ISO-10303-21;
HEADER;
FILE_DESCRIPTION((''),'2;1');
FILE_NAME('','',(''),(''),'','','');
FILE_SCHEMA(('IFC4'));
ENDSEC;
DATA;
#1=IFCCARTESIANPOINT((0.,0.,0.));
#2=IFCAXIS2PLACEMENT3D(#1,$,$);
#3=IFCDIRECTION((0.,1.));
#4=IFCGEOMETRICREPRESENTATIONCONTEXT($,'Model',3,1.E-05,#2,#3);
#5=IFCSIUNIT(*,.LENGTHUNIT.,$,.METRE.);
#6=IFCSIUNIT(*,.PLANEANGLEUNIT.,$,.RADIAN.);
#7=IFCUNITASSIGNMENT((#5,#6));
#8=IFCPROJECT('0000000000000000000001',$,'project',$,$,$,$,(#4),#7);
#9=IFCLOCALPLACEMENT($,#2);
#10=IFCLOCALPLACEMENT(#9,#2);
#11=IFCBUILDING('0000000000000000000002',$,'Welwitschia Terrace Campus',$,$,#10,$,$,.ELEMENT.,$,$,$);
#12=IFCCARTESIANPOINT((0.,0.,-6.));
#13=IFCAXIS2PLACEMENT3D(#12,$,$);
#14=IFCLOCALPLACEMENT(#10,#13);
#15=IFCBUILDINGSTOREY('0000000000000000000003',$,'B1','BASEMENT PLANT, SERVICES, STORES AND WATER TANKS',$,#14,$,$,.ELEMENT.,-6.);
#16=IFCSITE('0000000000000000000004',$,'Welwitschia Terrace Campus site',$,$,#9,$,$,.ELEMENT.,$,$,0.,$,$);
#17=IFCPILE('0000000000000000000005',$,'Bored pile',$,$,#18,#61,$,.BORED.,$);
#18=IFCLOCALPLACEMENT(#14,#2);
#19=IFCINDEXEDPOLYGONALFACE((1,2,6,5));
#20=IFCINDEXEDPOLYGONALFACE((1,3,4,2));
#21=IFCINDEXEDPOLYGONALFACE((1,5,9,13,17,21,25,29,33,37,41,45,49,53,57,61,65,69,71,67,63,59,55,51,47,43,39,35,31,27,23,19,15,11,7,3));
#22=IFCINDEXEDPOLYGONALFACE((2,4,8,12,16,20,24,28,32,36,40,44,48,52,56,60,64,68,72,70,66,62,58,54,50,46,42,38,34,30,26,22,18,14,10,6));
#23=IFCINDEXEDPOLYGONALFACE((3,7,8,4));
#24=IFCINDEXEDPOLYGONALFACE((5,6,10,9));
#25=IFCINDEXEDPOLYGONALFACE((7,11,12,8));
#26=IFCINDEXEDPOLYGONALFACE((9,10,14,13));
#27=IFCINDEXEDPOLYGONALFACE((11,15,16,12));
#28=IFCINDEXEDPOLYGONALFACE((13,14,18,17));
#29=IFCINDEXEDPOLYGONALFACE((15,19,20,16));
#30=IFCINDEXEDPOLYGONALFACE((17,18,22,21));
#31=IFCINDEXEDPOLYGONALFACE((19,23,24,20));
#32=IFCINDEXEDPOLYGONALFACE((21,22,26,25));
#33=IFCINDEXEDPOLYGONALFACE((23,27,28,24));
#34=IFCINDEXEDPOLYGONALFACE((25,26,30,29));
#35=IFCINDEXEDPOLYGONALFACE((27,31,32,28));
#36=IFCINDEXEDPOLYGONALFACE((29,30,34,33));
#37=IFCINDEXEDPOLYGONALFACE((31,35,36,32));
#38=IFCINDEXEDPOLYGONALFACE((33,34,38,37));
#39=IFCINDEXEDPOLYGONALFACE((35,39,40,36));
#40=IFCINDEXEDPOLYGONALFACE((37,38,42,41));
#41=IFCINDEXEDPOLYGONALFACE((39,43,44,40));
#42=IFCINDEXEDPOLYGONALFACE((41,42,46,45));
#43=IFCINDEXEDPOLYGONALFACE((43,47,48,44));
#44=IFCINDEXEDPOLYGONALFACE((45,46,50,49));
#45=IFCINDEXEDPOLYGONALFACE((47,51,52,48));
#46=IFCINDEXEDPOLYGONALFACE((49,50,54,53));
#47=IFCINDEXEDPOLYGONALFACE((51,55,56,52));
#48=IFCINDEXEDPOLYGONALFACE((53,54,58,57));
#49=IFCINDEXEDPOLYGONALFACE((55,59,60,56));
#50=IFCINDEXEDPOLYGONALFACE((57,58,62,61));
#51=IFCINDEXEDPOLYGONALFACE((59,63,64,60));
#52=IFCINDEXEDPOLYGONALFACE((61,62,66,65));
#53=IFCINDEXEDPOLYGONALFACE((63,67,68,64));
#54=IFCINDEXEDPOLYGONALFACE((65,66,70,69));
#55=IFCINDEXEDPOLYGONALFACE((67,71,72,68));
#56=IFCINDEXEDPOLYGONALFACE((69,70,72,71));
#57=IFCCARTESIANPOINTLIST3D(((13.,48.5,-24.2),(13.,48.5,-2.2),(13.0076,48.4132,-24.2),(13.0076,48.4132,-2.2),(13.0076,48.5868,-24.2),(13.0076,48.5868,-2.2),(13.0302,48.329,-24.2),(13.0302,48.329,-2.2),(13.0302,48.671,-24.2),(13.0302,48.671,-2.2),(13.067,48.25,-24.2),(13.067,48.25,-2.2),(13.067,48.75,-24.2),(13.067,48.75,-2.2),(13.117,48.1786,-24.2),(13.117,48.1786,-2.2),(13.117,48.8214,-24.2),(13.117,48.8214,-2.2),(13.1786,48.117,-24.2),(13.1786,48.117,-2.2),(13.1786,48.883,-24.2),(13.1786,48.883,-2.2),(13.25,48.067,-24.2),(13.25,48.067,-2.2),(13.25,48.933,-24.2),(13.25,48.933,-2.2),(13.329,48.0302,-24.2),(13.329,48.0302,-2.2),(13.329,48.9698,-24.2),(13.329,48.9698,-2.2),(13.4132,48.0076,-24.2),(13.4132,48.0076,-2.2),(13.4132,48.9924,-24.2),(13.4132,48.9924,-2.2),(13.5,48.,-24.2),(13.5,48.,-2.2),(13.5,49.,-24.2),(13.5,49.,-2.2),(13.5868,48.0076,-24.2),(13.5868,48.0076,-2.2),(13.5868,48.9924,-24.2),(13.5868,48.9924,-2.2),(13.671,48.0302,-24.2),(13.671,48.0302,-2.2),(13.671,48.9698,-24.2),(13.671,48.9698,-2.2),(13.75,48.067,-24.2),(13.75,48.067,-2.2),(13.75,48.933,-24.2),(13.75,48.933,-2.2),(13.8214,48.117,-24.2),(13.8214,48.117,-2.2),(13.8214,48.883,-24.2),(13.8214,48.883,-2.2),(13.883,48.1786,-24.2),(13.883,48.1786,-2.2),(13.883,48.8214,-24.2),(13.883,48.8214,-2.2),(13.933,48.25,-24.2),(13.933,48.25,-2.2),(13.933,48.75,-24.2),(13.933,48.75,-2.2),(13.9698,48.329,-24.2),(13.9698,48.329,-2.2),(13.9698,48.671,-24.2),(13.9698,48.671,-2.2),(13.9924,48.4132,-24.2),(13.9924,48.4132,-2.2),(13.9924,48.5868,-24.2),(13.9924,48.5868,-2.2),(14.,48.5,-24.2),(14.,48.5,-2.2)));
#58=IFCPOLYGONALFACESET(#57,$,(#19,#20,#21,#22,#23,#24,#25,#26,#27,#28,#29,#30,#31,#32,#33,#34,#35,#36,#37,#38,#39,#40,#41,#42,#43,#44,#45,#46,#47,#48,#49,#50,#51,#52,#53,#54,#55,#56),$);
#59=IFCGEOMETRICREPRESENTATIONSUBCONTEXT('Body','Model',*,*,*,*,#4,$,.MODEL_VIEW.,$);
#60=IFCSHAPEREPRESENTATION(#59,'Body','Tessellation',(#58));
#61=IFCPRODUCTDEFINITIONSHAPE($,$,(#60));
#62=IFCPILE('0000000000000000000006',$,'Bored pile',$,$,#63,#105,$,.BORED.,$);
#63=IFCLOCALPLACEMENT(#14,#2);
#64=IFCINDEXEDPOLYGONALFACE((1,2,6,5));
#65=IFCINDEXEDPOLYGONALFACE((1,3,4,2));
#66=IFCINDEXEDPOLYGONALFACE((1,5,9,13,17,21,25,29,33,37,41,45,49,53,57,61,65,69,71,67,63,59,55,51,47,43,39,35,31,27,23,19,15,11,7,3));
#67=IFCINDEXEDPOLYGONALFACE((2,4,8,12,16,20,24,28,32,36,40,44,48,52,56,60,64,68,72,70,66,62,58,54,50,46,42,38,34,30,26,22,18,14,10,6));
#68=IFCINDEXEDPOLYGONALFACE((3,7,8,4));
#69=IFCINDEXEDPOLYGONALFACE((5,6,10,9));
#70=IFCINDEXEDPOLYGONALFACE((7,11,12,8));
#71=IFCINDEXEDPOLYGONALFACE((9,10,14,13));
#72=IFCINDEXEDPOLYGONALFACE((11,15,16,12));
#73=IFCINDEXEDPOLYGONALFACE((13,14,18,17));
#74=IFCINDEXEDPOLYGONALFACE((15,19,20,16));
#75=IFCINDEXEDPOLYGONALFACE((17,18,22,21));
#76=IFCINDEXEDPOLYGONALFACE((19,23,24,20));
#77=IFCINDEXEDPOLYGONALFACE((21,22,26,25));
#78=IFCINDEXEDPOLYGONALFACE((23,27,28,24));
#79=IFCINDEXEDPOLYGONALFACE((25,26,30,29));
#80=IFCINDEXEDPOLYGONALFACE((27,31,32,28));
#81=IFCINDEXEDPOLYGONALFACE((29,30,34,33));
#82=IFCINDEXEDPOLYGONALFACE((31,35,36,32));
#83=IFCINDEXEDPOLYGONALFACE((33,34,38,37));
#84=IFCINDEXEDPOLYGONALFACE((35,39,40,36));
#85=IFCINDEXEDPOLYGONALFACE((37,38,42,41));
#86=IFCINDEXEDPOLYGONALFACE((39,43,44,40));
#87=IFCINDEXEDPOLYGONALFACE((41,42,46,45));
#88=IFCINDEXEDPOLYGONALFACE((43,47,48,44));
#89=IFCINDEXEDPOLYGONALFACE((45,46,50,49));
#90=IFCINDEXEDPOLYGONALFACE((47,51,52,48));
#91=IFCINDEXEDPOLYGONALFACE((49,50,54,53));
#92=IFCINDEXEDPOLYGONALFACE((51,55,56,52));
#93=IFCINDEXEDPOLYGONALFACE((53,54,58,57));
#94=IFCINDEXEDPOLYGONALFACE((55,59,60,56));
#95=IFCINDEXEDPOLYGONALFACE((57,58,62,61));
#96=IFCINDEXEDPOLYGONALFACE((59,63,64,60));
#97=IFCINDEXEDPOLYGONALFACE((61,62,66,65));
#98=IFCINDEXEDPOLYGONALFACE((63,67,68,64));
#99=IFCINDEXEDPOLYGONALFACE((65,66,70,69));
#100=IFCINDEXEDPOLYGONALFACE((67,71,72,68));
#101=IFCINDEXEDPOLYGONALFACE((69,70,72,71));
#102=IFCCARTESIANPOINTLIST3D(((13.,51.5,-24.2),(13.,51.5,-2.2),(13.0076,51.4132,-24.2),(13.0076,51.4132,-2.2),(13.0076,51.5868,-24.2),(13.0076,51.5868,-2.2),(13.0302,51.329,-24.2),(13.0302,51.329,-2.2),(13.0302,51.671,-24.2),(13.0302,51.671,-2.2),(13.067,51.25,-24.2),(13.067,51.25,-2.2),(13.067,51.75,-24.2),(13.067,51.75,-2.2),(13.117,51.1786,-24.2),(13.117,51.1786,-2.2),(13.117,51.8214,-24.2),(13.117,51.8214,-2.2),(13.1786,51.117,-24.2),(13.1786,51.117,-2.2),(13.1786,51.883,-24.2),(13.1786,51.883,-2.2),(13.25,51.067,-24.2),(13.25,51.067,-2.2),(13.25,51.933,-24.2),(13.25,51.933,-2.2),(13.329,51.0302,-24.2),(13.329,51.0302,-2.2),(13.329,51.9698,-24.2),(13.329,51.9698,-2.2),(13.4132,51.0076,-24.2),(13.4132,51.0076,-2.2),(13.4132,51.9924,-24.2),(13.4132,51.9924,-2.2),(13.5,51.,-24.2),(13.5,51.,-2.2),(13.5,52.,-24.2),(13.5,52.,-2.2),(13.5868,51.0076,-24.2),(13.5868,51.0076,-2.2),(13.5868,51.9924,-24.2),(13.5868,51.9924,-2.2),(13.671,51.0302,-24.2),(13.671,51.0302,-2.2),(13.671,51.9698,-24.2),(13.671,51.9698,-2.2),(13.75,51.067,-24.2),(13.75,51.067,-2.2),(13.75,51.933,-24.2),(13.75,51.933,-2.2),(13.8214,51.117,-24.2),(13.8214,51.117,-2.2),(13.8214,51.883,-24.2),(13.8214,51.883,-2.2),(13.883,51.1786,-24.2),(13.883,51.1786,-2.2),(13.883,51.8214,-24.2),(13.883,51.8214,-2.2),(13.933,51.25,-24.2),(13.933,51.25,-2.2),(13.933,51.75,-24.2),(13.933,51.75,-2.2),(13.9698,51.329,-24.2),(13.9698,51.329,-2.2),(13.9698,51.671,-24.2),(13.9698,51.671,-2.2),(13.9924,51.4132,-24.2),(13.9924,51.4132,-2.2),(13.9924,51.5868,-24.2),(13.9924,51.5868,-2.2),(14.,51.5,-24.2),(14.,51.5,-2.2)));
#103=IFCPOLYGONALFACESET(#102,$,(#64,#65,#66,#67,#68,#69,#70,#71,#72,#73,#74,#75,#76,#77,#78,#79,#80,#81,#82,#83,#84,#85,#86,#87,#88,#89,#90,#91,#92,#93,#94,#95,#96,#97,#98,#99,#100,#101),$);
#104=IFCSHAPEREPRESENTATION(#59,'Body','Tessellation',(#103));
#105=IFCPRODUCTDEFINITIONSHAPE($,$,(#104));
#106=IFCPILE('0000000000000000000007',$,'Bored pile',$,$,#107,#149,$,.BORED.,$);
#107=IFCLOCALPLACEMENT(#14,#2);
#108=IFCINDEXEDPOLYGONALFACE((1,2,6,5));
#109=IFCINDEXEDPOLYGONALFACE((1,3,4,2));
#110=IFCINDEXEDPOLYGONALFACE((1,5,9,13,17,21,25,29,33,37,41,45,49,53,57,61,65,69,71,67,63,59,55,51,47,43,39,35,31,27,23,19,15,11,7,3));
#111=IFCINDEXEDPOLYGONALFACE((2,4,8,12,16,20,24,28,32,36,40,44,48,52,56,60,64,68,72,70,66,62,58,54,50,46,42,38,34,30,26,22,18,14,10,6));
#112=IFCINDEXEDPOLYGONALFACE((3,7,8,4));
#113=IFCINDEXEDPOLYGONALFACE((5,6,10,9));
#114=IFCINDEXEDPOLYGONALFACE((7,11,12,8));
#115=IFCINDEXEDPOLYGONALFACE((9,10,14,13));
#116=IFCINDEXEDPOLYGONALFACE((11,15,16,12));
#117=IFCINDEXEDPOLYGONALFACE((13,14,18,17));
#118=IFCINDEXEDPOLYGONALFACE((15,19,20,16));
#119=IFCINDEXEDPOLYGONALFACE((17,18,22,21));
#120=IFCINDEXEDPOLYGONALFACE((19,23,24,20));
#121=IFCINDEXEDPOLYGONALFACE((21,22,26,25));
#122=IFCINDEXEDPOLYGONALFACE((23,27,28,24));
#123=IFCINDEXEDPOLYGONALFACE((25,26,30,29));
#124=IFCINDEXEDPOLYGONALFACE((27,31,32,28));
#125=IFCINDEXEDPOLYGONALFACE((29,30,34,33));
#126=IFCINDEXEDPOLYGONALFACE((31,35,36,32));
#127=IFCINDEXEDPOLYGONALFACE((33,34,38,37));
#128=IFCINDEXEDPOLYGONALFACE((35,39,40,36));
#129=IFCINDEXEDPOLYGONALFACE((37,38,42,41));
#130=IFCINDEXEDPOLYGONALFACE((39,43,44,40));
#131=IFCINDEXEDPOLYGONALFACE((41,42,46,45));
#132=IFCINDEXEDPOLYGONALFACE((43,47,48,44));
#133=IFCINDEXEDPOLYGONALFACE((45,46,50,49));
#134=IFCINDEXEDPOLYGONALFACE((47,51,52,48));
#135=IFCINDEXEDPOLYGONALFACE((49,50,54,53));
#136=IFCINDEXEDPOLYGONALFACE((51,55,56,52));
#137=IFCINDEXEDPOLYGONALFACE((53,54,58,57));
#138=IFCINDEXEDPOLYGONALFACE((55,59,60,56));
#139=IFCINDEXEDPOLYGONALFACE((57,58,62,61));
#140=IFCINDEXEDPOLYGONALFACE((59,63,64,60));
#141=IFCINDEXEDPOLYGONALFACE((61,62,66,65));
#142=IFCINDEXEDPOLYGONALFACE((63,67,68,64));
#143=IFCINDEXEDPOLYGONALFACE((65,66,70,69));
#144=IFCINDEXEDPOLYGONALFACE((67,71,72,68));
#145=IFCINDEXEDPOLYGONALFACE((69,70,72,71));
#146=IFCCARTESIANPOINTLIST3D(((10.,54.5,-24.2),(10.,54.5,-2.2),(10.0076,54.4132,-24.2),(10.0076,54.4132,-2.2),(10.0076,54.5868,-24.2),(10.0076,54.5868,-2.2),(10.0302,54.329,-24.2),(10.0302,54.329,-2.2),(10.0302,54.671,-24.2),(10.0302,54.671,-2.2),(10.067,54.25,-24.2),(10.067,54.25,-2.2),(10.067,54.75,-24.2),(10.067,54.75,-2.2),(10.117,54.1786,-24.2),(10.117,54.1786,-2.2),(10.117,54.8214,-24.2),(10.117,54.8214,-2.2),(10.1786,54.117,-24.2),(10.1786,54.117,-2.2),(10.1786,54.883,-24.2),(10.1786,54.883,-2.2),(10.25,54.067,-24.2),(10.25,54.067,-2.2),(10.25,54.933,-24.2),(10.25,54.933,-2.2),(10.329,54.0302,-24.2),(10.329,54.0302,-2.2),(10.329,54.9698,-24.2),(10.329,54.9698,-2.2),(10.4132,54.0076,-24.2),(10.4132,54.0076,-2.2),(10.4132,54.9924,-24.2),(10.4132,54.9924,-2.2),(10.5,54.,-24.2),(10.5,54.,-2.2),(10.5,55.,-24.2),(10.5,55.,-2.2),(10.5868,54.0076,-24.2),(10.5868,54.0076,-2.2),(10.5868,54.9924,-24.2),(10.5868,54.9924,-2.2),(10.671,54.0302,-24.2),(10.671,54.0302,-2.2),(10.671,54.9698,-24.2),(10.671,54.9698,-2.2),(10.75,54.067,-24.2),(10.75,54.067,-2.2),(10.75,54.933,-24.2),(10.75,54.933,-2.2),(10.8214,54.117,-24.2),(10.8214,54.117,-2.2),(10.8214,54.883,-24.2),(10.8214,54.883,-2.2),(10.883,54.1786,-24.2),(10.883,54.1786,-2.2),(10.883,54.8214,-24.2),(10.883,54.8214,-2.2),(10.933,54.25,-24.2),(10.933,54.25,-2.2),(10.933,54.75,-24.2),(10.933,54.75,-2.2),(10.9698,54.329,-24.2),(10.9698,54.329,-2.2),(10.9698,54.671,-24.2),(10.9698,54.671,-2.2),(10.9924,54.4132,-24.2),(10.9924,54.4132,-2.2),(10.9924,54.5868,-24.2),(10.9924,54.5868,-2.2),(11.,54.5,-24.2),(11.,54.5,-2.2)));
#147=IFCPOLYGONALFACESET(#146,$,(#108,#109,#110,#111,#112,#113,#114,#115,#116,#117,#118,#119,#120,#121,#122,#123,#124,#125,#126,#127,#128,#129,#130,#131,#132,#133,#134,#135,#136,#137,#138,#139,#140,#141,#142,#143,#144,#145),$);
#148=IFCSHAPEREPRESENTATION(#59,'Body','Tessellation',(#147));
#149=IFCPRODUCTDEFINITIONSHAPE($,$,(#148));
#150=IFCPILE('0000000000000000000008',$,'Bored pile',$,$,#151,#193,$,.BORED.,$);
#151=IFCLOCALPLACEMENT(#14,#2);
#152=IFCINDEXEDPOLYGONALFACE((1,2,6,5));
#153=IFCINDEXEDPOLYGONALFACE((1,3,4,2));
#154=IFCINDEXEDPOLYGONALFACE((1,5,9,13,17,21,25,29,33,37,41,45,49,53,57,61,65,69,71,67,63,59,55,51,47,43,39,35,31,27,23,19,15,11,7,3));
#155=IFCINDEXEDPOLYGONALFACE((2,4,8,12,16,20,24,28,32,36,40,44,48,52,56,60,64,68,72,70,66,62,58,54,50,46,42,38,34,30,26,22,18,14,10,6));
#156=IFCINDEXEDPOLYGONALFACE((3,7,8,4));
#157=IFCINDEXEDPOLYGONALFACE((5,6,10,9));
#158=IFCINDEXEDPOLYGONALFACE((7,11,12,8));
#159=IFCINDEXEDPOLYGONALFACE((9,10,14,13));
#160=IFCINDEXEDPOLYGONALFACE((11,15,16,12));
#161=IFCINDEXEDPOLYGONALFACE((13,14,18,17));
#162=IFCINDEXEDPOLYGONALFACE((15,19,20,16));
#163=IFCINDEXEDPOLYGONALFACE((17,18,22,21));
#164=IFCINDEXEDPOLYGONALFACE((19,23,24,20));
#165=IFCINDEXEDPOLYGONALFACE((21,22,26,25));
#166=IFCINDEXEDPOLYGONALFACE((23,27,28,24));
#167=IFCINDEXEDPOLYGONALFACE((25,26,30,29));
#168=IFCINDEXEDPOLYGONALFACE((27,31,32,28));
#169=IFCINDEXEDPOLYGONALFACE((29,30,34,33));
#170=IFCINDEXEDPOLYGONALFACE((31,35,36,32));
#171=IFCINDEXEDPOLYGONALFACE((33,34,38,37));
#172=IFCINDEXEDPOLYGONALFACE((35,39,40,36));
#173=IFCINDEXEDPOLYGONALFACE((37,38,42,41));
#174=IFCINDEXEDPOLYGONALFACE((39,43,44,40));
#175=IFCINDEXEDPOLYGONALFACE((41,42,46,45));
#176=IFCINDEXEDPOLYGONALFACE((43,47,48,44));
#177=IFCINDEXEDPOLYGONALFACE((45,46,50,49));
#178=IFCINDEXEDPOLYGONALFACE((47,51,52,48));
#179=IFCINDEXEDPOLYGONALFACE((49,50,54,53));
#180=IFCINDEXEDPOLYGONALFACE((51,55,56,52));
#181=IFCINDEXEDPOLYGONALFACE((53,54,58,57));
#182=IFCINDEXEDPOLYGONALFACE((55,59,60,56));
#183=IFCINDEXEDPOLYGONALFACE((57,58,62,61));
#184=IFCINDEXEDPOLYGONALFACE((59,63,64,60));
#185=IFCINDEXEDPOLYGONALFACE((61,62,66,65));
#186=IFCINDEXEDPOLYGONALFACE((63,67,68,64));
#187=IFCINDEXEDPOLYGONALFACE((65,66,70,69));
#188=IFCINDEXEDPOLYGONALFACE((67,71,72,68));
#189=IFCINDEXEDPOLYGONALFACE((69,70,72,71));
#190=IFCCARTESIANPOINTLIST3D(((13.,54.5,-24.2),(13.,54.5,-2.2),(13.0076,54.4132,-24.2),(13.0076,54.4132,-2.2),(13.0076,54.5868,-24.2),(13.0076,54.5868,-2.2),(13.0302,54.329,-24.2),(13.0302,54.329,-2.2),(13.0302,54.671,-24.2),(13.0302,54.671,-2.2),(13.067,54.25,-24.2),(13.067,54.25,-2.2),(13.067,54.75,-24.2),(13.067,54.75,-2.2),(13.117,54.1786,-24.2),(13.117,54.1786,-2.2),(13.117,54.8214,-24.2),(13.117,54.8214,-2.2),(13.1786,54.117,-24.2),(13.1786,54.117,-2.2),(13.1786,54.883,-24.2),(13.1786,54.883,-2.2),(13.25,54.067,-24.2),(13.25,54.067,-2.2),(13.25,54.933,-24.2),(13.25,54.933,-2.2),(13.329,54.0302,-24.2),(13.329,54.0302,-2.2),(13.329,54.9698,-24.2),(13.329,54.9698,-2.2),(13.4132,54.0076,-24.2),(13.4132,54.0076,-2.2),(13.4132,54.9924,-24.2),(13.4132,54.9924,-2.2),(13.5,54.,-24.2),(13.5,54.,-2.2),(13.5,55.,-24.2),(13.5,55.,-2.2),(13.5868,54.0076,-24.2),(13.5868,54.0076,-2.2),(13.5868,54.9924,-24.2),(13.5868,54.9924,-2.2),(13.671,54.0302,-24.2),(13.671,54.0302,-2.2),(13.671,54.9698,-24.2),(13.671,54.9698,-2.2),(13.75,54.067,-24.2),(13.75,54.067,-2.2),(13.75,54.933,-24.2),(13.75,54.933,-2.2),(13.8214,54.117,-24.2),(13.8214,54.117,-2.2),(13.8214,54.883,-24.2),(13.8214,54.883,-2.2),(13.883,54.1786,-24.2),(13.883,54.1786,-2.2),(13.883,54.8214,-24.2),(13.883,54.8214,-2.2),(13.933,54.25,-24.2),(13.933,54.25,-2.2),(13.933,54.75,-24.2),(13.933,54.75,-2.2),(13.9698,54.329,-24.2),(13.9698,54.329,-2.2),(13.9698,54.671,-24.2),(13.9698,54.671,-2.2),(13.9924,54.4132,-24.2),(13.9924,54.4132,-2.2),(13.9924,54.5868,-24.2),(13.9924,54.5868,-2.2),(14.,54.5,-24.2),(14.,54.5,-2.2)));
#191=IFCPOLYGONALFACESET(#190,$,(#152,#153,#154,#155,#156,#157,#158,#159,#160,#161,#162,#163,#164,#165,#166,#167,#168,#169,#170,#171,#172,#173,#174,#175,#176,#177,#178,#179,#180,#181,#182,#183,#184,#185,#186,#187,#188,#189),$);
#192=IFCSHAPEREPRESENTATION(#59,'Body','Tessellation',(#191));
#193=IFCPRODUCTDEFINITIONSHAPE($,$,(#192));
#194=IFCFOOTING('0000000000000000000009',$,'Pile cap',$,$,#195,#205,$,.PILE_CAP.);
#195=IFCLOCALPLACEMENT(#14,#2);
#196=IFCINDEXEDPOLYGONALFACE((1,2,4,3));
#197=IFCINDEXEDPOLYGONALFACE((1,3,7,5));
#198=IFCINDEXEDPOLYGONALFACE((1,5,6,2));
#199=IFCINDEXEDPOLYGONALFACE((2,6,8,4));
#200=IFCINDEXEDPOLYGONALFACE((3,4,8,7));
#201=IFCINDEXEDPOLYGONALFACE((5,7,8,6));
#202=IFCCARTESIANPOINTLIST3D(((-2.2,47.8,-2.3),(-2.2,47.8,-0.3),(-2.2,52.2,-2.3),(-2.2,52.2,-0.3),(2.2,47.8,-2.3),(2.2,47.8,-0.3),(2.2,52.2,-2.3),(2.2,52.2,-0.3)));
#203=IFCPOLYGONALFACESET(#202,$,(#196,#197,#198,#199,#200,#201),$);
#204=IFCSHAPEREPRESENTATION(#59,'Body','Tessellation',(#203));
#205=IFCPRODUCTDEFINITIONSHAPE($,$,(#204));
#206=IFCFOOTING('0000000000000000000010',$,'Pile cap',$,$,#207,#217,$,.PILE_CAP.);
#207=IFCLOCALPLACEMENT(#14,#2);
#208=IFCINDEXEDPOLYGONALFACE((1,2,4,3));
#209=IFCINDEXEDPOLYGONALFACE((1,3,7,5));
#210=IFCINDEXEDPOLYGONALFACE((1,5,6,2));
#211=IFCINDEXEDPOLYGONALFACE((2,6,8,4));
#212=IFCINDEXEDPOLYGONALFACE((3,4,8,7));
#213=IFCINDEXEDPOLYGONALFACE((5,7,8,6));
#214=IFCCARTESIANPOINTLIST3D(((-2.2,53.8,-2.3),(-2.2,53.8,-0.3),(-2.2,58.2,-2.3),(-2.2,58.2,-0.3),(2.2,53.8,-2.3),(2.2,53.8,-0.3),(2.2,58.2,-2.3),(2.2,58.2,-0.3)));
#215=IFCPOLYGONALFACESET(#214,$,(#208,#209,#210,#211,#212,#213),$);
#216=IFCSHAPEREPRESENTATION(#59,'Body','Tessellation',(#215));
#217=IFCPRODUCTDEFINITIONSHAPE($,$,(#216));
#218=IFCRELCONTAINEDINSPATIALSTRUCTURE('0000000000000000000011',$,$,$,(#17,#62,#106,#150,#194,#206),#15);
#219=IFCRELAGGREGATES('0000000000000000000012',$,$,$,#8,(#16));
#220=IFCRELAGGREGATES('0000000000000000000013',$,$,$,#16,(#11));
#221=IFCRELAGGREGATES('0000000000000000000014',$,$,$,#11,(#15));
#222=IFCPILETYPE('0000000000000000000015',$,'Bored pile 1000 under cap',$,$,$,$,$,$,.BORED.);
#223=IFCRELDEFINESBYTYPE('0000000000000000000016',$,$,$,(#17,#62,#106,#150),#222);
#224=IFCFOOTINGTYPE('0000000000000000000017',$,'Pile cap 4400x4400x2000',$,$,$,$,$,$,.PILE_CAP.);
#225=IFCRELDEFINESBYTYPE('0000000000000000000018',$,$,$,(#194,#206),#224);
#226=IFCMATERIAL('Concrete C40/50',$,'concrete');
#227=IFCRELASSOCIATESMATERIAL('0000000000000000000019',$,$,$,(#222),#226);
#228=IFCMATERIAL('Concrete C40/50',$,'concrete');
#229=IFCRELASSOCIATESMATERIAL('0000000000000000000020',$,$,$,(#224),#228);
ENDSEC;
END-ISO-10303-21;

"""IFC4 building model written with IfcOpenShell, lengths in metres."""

from ifc_helpers import new_model, si_unit, direction, frame, origin, origin_2d, place, context, subcontext, project, spatial, rectangle, circle, extrude, material, type_object, element, save


model = new_model("IFC4")

# Units and contexts
model_context = context("Model", 3, precision=1e-05, world=origin(), true_north=direction((0.0, 1.0)))
body_context = subcontext(model_context, "Body", "Model", "MODEL_VIEW")
ifc_project = project(units=[si_unit("LENGTHUNIT", "METRE"), si_unit("PLANEANGLEUNIT", "RADIAN")], contexts=[model_context])

# Site, building, storey
site_placement = place(None, origin())
site = spatial("IfcSite", under=ifc_project, at=site_placement, Name="Welwitschia Terrace Campus site", CompositionType="ELEMENT", RefElevation=0.0)
building_placement = place(site_placement, origin())
building = spatial("IfcBuilding", under=site, at=building_placement, Name="Welwitschia Terrace Campus", CompositionType="ELEMENT")
storey_placement = place(building_placement, frame((0.0, 0.0, -6.0)))
storey = spatial("IfcBuildingStorey", under=building, at=storey_placement, Name="B1", Description="BASEMENT PLANT, SERVICES, STORES AND WATER TANKS", CompositionType="ELEMENT", Elevation=-6.0)

# Piles
ifc_material_1 = material(Name="Concrete C40/50", Category="concrete")
pile_type = type_object("IfcPileType", Name="Bored pile 1000 under cap", PredefinedType="BORED", material=ifc_material_1)
for number, where, z_axis, x_axis, name in (
    (1, (13.5, 48.5, -2.2), (0.0, 0.0, -1.0), (1.0, 0.0, 0.0), "Bored pile"),
    (2, (13.5, 51.5, -2.2), (0.0, 0.0, -1.0), (1.0, 0.0, 0.0), "Bored pile"),
    (3, (10.5, 54.5, -2.2), (0.0, 0.0, -1.0), (1.0, 0.0, 0.0), "Bored pile"),
    (4, (13.5, 54.5, -2.2), (0.0, 0.0, -1.0), (1.0, 0.0, 0.0), "Bored pile"),
):
    element("IfcPile", number, at=place(storey_placement, frame(where, z_axis=z_axis, x_axis=x_axis)), inside=storey, type_object=pile_type, Name=name, PredefinedType="BORED", context=body_context, shape_type="SweptSolid", body=[
        extrude(circle(Radius=0.5, at=origin_2d()), origin(), (0.0, 0.0, 1.0), 22.0),
    ])

# Footings
ifc_material_2 = material(Name="Concrete C40/50", Category="concrete")
footing_type = type_object("IfcFootingType", Name="Pile cap 4400x4400x2000", PredefinedType="PILE_CAP", material=ifc_material_2)
for number, where, z_axis, x_axis, name in (
    (5, (0.0, 50.0, -2.3), (0.0, 0.0, 1.0), (1.0, 0.0, 0.0), "Pile cap"),
    (6, (0.0, 56.0, -2.3), (0.0, 0.0, 1.0), (1.0, 0.0, 0.0), "Pile cap"),
):
    element("IfcFooting", number, at=place(storey_placement, frame(where, z_axis=z_axis, x_axis=x_axis)), inside=storey, type_object=footing_type, Name=name, PredefinedType="PILE_CAP", context=body_context, shape_type="SweptSolid", body=[
        extrude(rectangle(XDim=4.3999, YDim=4.3999, at=origin_2d()), origin(), (0.0, 0.0, 1.0), 2.0),
    ])

save(model, "model.ifc")
